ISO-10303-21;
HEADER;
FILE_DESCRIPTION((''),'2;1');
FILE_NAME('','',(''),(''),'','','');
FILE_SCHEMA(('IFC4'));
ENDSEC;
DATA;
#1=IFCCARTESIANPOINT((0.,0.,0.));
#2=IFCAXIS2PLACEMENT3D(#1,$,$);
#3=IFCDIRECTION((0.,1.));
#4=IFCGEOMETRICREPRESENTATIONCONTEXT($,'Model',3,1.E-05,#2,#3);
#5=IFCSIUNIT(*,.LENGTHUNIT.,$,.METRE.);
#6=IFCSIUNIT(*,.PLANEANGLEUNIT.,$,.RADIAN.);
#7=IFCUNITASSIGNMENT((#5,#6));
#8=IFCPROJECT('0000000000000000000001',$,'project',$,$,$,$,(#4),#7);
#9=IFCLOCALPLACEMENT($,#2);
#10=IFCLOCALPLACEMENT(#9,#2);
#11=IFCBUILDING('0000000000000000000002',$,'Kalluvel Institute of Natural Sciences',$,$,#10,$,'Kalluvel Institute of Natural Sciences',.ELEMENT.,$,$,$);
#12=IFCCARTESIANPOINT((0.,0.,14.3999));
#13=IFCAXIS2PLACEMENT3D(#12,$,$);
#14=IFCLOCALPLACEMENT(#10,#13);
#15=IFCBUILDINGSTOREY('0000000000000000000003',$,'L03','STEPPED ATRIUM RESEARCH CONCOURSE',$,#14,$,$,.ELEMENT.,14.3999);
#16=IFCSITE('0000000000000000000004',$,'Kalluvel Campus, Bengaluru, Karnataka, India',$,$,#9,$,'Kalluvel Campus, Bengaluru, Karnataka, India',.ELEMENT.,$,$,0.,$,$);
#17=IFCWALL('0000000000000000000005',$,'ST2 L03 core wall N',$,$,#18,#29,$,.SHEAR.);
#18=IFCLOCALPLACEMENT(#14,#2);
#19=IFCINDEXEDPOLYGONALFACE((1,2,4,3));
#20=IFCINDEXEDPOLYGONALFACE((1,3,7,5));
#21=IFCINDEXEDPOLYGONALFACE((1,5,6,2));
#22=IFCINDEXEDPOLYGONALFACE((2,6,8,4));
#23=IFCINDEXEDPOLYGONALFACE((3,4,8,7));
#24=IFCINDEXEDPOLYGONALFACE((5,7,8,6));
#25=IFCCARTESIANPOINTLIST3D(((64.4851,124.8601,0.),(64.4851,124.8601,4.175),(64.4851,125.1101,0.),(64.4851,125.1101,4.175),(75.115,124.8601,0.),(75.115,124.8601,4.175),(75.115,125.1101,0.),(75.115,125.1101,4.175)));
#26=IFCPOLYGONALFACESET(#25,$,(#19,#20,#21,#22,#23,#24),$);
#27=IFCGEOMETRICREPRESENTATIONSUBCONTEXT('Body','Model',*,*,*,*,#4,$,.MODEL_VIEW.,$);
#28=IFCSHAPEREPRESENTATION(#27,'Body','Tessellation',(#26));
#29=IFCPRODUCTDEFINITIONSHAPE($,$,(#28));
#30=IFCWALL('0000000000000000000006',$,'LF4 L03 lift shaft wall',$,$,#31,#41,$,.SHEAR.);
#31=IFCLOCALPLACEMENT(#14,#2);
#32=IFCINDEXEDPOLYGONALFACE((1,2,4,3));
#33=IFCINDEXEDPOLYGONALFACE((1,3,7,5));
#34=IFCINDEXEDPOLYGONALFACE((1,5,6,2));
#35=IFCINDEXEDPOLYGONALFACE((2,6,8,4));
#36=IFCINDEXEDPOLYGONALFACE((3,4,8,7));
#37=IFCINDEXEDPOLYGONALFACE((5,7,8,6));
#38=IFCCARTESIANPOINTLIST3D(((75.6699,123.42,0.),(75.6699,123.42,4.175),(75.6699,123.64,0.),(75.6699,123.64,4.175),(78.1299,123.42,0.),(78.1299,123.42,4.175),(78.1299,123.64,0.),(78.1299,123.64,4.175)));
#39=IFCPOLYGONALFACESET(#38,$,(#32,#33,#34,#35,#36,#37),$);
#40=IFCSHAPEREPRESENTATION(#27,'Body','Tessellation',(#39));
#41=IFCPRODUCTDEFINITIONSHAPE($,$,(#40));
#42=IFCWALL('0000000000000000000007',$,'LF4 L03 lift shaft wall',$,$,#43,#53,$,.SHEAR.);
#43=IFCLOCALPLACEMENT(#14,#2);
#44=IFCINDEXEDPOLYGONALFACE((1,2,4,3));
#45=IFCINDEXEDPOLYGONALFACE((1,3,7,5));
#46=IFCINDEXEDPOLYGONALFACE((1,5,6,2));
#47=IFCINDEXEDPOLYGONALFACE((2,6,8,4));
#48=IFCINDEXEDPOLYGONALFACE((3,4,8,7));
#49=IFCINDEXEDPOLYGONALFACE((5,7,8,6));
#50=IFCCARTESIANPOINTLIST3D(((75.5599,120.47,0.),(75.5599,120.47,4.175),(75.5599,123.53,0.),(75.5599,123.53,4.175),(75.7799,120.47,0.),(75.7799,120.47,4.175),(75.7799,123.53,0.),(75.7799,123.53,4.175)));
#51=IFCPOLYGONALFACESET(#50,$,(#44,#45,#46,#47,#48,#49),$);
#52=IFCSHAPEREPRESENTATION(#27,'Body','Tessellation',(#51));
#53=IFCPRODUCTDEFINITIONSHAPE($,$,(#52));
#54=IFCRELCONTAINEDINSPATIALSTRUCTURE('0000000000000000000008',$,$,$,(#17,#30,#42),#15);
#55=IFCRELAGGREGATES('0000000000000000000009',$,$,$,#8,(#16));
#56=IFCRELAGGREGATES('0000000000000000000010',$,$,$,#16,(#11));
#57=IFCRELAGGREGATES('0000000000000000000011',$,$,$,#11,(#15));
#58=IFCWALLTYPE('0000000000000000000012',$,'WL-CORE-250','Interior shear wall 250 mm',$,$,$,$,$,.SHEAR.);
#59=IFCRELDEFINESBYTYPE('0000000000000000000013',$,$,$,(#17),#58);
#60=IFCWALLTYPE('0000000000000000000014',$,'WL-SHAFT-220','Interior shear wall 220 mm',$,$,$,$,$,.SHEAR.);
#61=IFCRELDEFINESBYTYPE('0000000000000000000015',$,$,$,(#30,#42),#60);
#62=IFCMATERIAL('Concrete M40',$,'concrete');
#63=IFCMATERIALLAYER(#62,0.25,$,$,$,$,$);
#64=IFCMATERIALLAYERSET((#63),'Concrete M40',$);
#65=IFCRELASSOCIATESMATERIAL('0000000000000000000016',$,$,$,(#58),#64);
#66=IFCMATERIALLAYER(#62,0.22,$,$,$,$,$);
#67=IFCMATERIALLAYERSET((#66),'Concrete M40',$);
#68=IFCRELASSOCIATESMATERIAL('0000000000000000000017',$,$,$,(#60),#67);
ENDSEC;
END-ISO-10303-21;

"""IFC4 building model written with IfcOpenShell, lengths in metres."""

from ifc_helpers import new_model, si_unit, direction, frame, frame_2d, origin, place, context, subcontext, project, spatial, rectangle, extrude, material, layer, layer_set, type_object, element, save


model = new_model("IFC4")

# Units and contexts
model_context = context("Model", 3, precision=1e-05, world=origin(), true_north=direction((0.0, 1.0)))
body_context = subcontext(model_context, "Body", "Model", "MODEL_VIEW")
ifc_project = project(units=[si_unit("LENGTHUNIT", "METRE"), si_unit("PLANEANGLEUNIT", "RADIAN")], contexts=[model_context])

# Site, building, storey
site_placement = place(None, origin())
site = spatial("IfcSite", under=ifc_project, at=site_placement, Name="Kalluvel Campus, Bengaluru, Karnataka, India", LongName="Kalluvel Campus, Bengaluru, Karnataka, India", CompositionType="ELEMENT", RefElevation=0.0)
building_placement = place(site_placement, origin())
building = spatial("IfcBuilding", under=site, at=building_placement, Name="Kalluvel Institute of Natural Sciences", LongName="Kalluvel Institute of Natural Sciences", CompositionType="ELEMENT")
storey_placement = place(building_placement, frame((0.0, 0.0, 14.3999)))
storey = spatial("IfcBuildingStorey", under=building, at=storey_placement, Name="L03", Description="STEPPED ATRIUM RESEARCH CONCOURSE", CompositionType="ELEMENT", Elevation=14.3999)

# Shared definitions
ifc_material_1 = material(Name="Concrete M40", Category="concrete")

# Walls
ifc_layer_1 = layer(ifc_material_1, 0.25)
ifc_layer_set_1 = layer_set([ifc_layer_1], Name="Concrete M40")
wall_type_1 = type_object("IfcWallType", Name="WL-CORE-250", Description="Interior shear wall 250 mm", PredefinedType="SHEAR", material=ifc_layer_set_1)
wall_1_placement = place(storey_placement, frame((75.115, 124.9851, 0.0), z_axis=(0.0, 0.0, 1.0), x_axis=(-1.0, 0.0, 0.0)))
element("IfcWall", 1, at=wall_1_placement, inside=storey, type_object=wall_type_1, Name="ST2 L03 core wall N", PredefinedType="SHEAR", context=body_context, shape_type="SweptSolid", body=[
    extrude(rectangle(XDim=10.6299, YDim=0.25, at=frame_2d((5.3149, 0.0))), origin(), (0.0, 0.0, 1.0), 4.175),
])
ifc_layer_2 = layer(ifc_material_1, 0.22)
ifc_layer_set_2 = layer_set([ifc_layer_2], Name="Concrete M40")
wall_type_2 = type_object("IfcWallType", Name="WL-SHAFT-220", Description="Interior shear wall 220 mm", PredefinedType="SHEAR", material=ifc_layer_set_2)
wall_2_placement = place(storey_placement, frame((78.1299, 123.53, 0.0), z_axis=(0.0, 0.0, 1.0), x_axis=(-1.0, 0.0, 0.0)))
element("IfcWall", 2, at=wall_2_placement, inside=storey, type_object=wall_type_2, Name="LF4 L03 lift shaft wall", PredefinedType="SHEAR", context=body_context, shape_type="SweptSolid", body=[
    extrude(rectangle(XDim=2.46, YDim=0.22, at=frame_2d((1.23, 0.0))), origin(), (0.0, 0.0, 1.0), 4.175),
])
wall_3_placement = place(storey_placement, frame((75.6699, 123.53, 0.0), z_axis=(0.0, 0.0, 1.0), x_axis=(0.0, -1.0, 0.0)))
element("IfcWall", 3, at=wall_3_placement, inside=storey, type_object=wall_type_2, Name="LF4 L03 lift shaft wall", PredefinedType="SHEAR", context=body_context, shape_type="SweptSolid", body=[
    extrude(rectangle(XDim=3.0601, YDim=0.22, at=frame_2d((1.53, 0.0))), origin(), (0.0, 0.0, 1.0), 4.175),
])

save(model, "model.ifc")
